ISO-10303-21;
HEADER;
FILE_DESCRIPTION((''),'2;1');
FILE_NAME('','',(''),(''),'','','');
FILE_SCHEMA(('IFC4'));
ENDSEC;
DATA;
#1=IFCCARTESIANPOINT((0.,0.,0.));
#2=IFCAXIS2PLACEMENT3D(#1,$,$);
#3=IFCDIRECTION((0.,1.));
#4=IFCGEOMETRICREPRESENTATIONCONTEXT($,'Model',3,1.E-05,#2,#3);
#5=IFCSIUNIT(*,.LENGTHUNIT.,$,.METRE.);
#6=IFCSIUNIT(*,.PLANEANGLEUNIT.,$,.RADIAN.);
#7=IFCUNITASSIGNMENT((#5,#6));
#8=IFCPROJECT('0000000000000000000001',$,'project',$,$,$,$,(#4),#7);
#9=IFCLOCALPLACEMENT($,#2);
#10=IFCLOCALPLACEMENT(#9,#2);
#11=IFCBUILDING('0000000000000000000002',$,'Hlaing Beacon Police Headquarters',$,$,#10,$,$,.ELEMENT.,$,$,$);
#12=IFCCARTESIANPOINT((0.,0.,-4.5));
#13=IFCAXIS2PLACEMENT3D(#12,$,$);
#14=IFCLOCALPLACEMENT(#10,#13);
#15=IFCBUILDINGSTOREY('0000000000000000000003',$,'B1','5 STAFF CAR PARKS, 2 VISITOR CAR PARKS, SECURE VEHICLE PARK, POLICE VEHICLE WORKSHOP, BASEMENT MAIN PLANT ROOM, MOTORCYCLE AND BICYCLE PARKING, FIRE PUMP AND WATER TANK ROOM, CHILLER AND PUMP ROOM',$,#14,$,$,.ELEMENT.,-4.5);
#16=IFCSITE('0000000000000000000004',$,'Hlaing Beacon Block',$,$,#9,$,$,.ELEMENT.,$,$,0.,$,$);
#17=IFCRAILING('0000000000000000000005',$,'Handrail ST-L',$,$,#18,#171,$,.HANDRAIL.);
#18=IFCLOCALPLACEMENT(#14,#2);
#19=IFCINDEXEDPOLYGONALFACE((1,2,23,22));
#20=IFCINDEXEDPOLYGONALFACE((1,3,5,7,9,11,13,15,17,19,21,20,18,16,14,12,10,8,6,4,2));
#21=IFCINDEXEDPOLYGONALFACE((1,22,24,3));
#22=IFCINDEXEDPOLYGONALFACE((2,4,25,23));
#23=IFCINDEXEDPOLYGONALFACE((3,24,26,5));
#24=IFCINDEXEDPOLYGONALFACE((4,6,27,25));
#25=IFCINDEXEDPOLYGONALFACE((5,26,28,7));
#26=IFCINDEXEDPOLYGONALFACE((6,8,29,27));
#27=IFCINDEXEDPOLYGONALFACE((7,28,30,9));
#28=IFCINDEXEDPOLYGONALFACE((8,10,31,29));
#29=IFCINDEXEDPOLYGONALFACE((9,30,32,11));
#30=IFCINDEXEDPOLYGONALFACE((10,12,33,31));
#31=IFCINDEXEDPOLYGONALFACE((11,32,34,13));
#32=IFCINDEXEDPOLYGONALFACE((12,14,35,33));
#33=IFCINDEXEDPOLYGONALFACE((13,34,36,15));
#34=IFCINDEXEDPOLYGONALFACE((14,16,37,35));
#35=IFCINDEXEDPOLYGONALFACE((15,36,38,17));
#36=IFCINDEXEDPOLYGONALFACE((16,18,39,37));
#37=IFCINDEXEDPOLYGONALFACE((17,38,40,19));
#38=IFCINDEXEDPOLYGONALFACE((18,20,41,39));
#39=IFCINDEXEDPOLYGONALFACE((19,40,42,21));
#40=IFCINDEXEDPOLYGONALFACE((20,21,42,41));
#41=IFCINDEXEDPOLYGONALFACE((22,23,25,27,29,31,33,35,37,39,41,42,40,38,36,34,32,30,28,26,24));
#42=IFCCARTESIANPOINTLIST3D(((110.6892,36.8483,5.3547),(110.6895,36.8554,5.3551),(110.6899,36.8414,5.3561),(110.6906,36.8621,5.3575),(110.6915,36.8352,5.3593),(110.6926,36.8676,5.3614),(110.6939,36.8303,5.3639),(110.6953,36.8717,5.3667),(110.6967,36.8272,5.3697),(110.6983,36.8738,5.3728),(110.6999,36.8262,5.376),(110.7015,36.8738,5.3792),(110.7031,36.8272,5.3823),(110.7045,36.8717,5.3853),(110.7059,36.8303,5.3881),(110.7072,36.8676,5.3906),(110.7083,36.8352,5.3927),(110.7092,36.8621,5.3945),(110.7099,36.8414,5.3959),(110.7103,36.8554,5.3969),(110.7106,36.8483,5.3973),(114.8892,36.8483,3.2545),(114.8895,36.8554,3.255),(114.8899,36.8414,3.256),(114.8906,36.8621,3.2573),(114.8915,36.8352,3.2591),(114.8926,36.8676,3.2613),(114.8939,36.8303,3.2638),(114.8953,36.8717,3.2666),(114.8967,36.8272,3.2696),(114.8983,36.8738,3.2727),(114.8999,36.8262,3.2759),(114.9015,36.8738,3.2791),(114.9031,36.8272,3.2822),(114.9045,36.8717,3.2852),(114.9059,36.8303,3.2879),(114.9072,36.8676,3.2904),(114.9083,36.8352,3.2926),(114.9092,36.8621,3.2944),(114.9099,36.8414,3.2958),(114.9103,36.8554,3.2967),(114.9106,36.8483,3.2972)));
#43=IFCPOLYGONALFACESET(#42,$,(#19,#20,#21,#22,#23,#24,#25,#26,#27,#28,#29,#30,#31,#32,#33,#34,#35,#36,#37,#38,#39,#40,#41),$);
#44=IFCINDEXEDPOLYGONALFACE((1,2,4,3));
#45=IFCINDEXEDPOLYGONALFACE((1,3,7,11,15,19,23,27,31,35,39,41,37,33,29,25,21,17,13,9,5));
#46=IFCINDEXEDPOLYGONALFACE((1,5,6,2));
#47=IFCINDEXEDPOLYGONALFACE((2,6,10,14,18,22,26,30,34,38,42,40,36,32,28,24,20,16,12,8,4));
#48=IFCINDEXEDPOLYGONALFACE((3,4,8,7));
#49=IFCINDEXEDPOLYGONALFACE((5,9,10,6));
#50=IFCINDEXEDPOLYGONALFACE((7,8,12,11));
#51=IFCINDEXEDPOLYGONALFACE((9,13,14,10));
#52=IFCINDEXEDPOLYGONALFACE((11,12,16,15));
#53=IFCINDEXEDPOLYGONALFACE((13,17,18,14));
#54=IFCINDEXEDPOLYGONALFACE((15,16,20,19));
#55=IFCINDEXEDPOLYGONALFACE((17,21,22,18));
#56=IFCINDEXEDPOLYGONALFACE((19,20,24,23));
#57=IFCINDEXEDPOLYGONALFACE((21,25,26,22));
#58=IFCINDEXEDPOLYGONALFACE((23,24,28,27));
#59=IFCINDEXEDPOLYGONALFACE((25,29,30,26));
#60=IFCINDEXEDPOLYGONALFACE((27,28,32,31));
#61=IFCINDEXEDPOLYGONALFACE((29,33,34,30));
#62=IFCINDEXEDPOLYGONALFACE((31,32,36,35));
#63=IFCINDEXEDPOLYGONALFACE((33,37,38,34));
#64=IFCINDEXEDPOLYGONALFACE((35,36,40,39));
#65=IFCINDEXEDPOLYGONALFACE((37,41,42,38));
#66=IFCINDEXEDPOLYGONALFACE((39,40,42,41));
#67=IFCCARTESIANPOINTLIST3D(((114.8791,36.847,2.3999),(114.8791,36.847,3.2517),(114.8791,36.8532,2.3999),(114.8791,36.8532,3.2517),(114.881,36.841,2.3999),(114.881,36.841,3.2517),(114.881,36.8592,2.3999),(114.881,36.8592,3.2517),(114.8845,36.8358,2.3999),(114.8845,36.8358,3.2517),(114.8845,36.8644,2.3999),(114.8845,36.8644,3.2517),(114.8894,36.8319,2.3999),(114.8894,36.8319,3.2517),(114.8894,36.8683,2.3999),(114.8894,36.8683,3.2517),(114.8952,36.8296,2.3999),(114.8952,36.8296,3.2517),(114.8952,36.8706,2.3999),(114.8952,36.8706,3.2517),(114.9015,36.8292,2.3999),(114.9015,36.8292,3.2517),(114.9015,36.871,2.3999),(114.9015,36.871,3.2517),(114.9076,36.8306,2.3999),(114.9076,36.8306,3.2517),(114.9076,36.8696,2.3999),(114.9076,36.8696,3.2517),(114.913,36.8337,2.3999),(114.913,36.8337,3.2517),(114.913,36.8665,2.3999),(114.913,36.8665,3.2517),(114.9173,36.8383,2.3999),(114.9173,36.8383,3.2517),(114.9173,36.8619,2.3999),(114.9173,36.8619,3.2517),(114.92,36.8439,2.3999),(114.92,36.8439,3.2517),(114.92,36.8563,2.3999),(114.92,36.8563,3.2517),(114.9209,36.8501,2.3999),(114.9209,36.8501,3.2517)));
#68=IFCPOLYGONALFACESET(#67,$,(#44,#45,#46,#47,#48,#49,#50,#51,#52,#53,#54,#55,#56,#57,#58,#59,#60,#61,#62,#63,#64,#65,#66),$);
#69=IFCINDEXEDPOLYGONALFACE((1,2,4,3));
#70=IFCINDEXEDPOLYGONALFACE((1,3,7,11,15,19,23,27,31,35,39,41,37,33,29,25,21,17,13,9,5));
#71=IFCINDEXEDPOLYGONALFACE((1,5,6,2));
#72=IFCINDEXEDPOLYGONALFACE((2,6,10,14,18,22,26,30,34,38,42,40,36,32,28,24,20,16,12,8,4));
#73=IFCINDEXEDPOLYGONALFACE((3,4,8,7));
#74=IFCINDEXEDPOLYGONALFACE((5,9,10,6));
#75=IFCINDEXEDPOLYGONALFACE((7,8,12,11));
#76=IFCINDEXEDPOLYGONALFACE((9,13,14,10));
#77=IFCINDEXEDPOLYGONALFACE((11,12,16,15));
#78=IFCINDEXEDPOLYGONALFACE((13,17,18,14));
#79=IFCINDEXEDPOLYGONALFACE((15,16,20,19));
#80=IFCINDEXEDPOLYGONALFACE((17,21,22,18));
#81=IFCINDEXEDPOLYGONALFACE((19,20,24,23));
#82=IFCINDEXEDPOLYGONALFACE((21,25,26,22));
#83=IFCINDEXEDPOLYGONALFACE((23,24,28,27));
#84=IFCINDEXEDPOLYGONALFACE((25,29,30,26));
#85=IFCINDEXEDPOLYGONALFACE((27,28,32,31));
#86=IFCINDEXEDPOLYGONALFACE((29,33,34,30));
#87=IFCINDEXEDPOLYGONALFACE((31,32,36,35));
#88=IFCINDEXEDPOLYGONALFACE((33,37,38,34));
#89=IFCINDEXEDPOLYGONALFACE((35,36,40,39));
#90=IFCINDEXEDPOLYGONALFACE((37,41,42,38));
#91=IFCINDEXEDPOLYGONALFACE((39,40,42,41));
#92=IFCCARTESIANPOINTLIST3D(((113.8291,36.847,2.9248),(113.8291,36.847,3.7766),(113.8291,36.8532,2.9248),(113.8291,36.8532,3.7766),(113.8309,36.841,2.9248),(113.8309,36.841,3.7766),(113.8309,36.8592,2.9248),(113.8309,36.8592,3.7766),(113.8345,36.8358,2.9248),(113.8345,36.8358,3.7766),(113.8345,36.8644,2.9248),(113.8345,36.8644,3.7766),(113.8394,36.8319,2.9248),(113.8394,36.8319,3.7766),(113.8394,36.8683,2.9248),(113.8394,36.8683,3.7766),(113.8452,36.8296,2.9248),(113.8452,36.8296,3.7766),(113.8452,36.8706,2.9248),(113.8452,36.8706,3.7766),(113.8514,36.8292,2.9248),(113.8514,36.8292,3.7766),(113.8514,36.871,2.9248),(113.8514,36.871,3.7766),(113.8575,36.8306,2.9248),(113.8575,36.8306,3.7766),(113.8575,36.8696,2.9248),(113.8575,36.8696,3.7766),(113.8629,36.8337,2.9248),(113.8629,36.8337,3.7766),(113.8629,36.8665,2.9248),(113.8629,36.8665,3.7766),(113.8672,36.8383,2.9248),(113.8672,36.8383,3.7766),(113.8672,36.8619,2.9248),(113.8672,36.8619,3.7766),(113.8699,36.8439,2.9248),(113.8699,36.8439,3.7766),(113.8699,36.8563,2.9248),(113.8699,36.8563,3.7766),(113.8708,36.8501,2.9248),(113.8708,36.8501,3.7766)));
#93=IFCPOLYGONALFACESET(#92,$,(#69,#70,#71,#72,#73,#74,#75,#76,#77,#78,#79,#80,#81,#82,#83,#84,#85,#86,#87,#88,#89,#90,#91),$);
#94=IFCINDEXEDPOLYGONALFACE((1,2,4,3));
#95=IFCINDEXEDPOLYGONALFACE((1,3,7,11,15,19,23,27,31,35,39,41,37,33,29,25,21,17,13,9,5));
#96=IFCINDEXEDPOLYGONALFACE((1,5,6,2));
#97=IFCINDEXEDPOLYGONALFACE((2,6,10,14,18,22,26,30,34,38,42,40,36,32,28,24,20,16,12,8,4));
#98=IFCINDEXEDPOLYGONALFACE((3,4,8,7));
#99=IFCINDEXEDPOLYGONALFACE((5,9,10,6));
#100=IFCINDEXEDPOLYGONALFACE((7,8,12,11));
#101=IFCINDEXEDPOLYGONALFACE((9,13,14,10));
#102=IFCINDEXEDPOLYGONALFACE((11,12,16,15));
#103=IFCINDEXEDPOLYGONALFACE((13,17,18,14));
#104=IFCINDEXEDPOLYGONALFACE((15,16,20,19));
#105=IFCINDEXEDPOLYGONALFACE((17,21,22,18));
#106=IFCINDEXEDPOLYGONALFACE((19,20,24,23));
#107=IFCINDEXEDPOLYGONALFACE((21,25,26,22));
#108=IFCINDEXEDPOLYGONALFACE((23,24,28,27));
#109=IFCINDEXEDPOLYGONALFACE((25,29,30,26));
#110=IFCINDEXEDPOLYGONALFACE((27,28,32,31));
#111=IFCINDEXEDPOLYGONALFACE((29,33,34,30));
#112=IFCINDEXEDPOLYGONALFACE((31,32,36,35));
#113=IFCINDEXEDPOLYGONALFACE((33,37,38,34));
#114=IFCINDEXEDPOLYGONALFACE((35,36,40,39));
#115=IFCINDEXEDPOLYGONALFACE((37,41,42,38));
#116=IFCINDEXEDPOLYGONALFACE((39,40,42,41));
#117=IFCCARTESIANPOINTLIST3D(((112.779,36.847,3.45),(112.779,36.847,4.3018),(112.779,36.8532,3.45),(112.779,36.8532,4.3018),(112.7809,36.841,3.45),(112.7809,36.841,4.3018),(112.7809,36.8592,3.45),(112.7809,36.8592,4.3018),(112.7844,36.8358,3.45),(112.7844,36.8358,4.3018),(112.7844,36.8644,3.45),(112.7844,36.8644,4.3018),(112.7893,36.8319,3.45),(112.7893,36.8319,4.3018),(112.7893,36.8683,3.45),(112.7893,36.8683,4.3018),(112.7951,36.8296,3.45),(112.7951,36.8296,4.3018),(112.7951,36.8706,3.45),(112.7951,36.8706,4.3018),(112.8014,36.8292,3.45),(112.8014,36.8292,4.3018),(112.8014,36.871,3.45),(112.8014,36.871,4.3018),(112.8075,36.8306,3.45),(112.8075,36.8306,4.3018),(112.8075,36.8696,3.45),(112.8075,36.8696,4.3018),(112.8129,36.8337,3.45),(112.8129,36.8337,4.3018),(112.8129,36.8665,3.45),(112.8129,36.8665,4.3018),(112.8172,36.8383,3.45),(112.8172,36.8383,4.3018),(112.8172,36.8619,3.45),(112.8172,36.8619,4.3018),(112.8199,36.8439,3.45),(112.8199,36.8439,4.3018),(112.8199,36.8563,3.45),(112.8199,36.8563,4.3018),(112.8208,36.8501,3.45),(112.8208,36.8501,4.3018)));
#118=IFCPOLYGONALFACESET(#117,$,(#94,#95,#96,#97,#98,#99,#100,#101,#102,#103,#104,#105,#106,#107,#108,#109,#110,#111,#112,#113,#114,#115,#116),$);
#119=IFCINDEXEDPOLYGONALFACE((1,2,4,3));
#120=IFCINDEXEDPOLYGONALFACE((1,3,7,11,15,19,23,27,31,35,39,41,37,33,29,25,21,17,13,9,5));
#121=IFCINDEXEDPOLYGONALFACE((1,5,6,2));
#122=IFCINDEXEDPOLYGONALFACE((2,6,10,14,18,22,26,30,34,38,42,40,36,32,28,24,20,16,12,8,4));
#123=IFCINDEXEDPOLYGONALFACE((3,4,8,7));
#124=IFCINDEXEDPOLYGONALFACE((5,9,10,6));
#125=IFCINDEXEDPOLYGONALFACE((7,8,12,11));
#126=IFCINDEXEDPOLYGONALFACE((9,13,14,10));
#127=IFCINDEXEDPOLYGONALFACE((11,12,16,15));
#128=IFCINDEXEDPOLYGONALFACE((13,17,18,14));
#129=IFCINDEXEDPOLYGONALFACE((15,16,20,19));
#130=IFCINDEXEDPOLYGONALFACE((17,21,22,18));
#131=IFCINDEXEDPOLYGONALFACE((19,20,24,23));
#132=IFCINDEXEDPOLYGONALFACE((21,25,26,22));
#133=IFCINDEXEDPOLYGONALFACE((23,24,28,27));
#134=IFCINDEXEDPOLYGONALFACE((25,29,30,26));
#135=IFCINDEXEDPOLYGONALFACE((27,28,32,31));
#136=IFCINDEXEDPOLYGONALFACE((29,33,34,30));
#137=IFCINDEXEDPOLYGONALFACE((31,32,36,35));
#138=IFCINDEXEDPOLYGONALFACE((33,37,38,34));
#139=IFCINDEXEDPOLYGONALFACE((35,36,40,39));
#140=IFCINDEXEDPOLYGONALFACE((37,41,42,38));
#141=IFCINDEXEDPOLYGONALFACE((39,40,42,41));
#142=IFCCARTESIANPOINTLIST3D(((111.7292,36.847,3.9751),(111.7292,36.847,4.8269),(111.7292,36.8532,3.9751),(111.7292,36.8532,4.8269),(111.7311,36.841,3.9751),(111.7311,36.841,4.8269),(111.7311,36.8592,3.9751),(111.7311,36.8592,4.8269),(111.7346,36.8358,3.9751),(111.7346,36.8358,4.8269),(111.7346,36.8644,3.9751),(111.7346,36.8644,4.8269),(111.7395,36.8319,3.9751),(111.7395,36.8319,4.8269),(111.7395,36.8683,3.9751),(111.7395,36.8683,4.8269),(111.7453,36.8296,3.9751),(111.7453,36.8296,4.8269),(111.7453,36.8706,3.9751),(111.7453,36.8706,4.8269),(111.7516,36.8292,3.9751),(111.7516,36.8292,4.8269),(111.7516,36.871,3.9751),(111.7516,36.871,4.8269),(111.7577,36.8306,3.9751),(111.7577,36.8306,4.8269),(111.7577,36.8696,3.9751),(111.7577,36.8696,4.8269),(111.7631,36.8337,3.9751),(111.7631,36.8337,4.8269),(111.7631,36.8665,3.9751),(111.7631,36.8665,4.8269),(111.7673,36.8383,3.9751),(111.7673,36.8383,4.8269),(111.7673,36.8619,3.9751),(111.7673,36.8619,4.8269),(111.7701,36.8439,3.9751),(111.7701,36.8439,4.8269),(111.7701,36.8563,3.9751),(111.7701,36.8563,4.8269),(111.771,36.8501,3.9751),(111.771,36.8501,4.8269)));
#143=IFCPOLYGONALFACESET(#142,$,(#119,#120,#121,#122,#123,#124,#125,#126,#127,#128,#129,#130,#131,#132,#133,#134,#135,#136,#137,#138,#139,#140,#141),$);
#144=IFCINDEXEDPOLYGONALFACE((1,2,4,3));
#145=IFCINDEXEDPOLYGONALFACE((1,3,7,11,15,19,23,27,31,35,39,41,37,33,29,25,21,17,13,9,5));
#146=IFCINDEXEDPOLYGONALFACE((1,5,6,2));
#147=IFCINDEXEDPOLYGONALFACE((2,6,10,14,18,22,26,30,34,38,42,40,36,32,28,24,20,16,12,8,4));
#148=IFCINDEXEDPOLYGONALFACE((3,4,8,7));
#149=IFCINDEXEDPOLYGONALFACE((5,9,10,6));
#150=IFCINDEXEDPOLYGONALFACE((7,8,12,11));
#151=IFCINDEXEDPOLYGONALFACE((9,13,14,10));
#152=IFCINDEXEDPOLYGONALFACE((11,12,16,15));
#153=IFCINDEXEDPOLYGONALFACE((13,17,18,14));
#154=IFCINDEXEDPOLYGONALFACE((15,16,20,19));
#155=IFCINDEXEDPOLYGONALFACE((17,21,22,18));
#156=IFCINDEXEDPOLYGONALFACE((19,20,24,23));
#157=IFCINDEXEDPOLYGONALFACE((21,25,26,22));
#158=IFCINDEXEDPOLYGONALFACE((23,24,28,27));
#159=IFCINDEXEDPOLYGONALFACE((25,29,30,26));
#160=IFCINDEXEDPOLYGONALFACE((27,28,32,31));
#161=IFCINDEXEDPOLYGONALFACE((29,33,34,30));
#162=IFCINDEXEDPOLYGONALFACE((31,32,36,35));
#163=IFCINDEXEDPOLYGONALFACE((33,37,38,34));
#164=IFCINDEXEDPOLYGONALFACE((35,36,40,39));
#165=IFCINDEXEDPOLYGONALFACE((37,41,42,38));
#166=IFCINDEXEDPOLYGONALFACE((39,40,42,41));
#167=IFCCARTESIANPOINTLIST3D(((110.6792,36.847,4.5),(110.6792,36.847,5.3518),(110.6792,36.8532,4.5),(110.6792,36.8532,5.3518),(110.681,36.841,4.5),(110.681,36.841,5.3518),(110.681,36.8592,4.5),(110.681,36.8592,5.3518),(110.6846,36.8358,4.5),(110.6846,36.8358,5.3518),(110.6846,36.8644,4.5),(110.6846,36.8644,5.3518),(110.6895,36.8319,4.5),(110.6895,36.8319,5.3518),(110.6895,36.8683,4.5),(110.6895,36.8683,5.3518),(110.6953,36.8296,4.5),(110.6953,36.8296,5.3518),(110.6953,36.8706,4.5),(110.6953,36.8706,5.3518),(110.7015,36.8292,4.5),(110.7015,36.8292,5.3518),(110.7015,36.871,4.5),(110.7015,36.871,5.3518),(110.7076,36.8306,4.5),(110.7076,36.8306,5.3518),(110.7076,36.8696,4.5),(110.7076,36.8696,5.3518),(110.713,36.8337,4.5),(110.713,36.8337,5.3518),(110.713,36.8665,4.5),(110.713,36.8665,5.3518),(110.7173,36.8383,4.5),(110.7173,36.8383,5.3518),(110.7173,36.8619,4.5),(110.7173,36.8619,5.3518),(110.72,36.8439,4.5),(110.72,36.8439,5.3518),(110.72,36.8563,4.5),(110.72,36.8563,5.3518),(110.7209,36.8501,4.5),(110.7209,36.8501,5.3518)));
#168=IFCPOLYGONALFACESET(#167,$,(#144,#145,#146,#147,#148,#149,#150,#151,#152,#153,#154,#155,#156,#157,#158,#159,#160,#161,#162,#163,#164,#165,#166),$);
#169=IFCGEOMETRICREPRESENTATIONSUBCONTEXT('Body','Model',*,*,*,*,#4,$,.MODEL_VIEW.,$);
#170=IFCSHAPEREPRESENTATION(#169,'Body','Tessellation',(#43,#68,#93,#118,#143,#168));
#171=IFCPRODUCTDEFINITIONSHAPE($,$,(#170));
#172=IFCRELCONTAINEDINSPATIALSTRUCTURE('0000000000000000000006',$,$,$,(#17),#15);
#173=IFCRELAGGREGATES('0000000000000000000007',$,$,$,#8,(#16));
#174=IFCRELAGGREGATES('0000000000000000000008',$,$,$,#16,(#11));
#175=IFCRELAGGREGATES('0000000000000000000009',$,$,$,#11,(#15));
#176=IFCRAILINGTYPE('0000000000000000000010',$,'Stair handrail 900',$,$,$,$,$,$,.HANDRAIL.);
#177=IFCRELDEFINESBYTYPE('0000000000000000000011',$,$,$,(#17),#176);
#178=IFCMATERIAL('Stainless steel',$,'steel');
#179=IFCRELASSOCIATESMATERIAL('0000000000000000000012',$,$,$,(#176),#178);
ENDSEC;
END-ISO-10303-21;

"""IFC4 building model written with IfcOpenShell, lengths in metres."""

from ifc_helpers import new_model, si_unit, direction, frame, origin, origin_2d, place, context, subcontext, project, spatial, circle, extrude, material, type_object, element, save


model = new_model("IFC4")

# Units and contexts
model_context = context("Model", 3, precision=1e-05, world=origin(), true_north=direction((0.0, 1.0)))
body_context = subcontext(model_context, "Body", "Model", "MODEL_VIEW")
ifc_project = project(units=[si_unit("LENGTHUNIT", "METRE"), si_unit("PLANEANGLEUNIT", "RADIAN")], contexts=[model_context])

# Site, building, storey
site_placement = place(None, origin())
site = spatial("IfcSite", under=ifc_project, at=site_placement, Name="Hlaing Beacon Block", CompositionType="ELEMENT", RefElevation=0.0)
building_placement = place(site_placement, origin())
building = spatial("IfcBuilding", under=site, at=building_placement, Name="Hlaing Beacon Police Headquarters", CompositionType="ELEMENT")
storey_placement = place(building_placement, frame((0.0, 0.0, -4.5)))
storey = spatial("IfcBuildingStorey", under=building, at=storey_placement, Name="B1", Description="5 STAFF CAR PARKS, 2 VISITOR CAR PARKS, SECURE VEHICLE PARK, POLICE VEHICLE WORKSHOP, BASEMENT MAIN PLANT ROOM, MOTORCYCLE AND BICYCLE PARKING, FIRE PUMP AND WATER TANK ROOM, CHILLER AND PUMP ROOM", CompositionType="ELEMENT", Elevation=-4.5)

# Railing
ifc_material_1 = material(Name="Stainless steel", Category="steel")
railing_type = type_object("IfcRailingType", Name="Stair handrail 900", PredefinedType="HANDRAIL", material=ifc_material_1)
for number, where, name in (
    (1, (114.8999, 36.8501, 2.3999), "Handrail ST-L"),
):
    element("IfcRailing", number, at=place(storey_placement, frame(where)), inside=storey, type_object=railing_type, Name=name, PredefinedType="HANDRAIL", context=body_context, shape_type="SweptSolid", body=[
        extrude(circle(Radius=0.0239, at=origin_2d()), frame((0.0, 0.0, 0.876), z_axis=(-0.894417, 0.0, 0.447234), x_axis=(0.0, -1.0, 0.0)), (0.0, 0.0, 1.0), 4.6958),
        extrude(circle(Radius=0.021, at=origin_2d()), origin(), (0.0, 0.0, 1.0), 0.8518),
        extrude(circle(Radius=0.021, at=origin_2d()), frame((-1.05, 0.0, 0.5249)), (0.0, 0.0, 1.0), 0.8518),
        extrude(circle(Radius=0.021, at=origin_2d()), frame((-2.1001, 0.0, 1.05)), (0.0, 0.0, 1.0), 0.8518),
        extrude(circle(Radius=0.021, at=origin_2d()), frame((-3.1499, 0.0, 1.5752)), (0.0, 0.0, 1.0), 0.8518),
        extrude(circle(Radius=0.021, at=origin_2d()), frame((-4.2, 0.0, 2.1001)), (0.0, 0.0, 1.0), 0.8518),
    ])

save(model, "model.ifc")
